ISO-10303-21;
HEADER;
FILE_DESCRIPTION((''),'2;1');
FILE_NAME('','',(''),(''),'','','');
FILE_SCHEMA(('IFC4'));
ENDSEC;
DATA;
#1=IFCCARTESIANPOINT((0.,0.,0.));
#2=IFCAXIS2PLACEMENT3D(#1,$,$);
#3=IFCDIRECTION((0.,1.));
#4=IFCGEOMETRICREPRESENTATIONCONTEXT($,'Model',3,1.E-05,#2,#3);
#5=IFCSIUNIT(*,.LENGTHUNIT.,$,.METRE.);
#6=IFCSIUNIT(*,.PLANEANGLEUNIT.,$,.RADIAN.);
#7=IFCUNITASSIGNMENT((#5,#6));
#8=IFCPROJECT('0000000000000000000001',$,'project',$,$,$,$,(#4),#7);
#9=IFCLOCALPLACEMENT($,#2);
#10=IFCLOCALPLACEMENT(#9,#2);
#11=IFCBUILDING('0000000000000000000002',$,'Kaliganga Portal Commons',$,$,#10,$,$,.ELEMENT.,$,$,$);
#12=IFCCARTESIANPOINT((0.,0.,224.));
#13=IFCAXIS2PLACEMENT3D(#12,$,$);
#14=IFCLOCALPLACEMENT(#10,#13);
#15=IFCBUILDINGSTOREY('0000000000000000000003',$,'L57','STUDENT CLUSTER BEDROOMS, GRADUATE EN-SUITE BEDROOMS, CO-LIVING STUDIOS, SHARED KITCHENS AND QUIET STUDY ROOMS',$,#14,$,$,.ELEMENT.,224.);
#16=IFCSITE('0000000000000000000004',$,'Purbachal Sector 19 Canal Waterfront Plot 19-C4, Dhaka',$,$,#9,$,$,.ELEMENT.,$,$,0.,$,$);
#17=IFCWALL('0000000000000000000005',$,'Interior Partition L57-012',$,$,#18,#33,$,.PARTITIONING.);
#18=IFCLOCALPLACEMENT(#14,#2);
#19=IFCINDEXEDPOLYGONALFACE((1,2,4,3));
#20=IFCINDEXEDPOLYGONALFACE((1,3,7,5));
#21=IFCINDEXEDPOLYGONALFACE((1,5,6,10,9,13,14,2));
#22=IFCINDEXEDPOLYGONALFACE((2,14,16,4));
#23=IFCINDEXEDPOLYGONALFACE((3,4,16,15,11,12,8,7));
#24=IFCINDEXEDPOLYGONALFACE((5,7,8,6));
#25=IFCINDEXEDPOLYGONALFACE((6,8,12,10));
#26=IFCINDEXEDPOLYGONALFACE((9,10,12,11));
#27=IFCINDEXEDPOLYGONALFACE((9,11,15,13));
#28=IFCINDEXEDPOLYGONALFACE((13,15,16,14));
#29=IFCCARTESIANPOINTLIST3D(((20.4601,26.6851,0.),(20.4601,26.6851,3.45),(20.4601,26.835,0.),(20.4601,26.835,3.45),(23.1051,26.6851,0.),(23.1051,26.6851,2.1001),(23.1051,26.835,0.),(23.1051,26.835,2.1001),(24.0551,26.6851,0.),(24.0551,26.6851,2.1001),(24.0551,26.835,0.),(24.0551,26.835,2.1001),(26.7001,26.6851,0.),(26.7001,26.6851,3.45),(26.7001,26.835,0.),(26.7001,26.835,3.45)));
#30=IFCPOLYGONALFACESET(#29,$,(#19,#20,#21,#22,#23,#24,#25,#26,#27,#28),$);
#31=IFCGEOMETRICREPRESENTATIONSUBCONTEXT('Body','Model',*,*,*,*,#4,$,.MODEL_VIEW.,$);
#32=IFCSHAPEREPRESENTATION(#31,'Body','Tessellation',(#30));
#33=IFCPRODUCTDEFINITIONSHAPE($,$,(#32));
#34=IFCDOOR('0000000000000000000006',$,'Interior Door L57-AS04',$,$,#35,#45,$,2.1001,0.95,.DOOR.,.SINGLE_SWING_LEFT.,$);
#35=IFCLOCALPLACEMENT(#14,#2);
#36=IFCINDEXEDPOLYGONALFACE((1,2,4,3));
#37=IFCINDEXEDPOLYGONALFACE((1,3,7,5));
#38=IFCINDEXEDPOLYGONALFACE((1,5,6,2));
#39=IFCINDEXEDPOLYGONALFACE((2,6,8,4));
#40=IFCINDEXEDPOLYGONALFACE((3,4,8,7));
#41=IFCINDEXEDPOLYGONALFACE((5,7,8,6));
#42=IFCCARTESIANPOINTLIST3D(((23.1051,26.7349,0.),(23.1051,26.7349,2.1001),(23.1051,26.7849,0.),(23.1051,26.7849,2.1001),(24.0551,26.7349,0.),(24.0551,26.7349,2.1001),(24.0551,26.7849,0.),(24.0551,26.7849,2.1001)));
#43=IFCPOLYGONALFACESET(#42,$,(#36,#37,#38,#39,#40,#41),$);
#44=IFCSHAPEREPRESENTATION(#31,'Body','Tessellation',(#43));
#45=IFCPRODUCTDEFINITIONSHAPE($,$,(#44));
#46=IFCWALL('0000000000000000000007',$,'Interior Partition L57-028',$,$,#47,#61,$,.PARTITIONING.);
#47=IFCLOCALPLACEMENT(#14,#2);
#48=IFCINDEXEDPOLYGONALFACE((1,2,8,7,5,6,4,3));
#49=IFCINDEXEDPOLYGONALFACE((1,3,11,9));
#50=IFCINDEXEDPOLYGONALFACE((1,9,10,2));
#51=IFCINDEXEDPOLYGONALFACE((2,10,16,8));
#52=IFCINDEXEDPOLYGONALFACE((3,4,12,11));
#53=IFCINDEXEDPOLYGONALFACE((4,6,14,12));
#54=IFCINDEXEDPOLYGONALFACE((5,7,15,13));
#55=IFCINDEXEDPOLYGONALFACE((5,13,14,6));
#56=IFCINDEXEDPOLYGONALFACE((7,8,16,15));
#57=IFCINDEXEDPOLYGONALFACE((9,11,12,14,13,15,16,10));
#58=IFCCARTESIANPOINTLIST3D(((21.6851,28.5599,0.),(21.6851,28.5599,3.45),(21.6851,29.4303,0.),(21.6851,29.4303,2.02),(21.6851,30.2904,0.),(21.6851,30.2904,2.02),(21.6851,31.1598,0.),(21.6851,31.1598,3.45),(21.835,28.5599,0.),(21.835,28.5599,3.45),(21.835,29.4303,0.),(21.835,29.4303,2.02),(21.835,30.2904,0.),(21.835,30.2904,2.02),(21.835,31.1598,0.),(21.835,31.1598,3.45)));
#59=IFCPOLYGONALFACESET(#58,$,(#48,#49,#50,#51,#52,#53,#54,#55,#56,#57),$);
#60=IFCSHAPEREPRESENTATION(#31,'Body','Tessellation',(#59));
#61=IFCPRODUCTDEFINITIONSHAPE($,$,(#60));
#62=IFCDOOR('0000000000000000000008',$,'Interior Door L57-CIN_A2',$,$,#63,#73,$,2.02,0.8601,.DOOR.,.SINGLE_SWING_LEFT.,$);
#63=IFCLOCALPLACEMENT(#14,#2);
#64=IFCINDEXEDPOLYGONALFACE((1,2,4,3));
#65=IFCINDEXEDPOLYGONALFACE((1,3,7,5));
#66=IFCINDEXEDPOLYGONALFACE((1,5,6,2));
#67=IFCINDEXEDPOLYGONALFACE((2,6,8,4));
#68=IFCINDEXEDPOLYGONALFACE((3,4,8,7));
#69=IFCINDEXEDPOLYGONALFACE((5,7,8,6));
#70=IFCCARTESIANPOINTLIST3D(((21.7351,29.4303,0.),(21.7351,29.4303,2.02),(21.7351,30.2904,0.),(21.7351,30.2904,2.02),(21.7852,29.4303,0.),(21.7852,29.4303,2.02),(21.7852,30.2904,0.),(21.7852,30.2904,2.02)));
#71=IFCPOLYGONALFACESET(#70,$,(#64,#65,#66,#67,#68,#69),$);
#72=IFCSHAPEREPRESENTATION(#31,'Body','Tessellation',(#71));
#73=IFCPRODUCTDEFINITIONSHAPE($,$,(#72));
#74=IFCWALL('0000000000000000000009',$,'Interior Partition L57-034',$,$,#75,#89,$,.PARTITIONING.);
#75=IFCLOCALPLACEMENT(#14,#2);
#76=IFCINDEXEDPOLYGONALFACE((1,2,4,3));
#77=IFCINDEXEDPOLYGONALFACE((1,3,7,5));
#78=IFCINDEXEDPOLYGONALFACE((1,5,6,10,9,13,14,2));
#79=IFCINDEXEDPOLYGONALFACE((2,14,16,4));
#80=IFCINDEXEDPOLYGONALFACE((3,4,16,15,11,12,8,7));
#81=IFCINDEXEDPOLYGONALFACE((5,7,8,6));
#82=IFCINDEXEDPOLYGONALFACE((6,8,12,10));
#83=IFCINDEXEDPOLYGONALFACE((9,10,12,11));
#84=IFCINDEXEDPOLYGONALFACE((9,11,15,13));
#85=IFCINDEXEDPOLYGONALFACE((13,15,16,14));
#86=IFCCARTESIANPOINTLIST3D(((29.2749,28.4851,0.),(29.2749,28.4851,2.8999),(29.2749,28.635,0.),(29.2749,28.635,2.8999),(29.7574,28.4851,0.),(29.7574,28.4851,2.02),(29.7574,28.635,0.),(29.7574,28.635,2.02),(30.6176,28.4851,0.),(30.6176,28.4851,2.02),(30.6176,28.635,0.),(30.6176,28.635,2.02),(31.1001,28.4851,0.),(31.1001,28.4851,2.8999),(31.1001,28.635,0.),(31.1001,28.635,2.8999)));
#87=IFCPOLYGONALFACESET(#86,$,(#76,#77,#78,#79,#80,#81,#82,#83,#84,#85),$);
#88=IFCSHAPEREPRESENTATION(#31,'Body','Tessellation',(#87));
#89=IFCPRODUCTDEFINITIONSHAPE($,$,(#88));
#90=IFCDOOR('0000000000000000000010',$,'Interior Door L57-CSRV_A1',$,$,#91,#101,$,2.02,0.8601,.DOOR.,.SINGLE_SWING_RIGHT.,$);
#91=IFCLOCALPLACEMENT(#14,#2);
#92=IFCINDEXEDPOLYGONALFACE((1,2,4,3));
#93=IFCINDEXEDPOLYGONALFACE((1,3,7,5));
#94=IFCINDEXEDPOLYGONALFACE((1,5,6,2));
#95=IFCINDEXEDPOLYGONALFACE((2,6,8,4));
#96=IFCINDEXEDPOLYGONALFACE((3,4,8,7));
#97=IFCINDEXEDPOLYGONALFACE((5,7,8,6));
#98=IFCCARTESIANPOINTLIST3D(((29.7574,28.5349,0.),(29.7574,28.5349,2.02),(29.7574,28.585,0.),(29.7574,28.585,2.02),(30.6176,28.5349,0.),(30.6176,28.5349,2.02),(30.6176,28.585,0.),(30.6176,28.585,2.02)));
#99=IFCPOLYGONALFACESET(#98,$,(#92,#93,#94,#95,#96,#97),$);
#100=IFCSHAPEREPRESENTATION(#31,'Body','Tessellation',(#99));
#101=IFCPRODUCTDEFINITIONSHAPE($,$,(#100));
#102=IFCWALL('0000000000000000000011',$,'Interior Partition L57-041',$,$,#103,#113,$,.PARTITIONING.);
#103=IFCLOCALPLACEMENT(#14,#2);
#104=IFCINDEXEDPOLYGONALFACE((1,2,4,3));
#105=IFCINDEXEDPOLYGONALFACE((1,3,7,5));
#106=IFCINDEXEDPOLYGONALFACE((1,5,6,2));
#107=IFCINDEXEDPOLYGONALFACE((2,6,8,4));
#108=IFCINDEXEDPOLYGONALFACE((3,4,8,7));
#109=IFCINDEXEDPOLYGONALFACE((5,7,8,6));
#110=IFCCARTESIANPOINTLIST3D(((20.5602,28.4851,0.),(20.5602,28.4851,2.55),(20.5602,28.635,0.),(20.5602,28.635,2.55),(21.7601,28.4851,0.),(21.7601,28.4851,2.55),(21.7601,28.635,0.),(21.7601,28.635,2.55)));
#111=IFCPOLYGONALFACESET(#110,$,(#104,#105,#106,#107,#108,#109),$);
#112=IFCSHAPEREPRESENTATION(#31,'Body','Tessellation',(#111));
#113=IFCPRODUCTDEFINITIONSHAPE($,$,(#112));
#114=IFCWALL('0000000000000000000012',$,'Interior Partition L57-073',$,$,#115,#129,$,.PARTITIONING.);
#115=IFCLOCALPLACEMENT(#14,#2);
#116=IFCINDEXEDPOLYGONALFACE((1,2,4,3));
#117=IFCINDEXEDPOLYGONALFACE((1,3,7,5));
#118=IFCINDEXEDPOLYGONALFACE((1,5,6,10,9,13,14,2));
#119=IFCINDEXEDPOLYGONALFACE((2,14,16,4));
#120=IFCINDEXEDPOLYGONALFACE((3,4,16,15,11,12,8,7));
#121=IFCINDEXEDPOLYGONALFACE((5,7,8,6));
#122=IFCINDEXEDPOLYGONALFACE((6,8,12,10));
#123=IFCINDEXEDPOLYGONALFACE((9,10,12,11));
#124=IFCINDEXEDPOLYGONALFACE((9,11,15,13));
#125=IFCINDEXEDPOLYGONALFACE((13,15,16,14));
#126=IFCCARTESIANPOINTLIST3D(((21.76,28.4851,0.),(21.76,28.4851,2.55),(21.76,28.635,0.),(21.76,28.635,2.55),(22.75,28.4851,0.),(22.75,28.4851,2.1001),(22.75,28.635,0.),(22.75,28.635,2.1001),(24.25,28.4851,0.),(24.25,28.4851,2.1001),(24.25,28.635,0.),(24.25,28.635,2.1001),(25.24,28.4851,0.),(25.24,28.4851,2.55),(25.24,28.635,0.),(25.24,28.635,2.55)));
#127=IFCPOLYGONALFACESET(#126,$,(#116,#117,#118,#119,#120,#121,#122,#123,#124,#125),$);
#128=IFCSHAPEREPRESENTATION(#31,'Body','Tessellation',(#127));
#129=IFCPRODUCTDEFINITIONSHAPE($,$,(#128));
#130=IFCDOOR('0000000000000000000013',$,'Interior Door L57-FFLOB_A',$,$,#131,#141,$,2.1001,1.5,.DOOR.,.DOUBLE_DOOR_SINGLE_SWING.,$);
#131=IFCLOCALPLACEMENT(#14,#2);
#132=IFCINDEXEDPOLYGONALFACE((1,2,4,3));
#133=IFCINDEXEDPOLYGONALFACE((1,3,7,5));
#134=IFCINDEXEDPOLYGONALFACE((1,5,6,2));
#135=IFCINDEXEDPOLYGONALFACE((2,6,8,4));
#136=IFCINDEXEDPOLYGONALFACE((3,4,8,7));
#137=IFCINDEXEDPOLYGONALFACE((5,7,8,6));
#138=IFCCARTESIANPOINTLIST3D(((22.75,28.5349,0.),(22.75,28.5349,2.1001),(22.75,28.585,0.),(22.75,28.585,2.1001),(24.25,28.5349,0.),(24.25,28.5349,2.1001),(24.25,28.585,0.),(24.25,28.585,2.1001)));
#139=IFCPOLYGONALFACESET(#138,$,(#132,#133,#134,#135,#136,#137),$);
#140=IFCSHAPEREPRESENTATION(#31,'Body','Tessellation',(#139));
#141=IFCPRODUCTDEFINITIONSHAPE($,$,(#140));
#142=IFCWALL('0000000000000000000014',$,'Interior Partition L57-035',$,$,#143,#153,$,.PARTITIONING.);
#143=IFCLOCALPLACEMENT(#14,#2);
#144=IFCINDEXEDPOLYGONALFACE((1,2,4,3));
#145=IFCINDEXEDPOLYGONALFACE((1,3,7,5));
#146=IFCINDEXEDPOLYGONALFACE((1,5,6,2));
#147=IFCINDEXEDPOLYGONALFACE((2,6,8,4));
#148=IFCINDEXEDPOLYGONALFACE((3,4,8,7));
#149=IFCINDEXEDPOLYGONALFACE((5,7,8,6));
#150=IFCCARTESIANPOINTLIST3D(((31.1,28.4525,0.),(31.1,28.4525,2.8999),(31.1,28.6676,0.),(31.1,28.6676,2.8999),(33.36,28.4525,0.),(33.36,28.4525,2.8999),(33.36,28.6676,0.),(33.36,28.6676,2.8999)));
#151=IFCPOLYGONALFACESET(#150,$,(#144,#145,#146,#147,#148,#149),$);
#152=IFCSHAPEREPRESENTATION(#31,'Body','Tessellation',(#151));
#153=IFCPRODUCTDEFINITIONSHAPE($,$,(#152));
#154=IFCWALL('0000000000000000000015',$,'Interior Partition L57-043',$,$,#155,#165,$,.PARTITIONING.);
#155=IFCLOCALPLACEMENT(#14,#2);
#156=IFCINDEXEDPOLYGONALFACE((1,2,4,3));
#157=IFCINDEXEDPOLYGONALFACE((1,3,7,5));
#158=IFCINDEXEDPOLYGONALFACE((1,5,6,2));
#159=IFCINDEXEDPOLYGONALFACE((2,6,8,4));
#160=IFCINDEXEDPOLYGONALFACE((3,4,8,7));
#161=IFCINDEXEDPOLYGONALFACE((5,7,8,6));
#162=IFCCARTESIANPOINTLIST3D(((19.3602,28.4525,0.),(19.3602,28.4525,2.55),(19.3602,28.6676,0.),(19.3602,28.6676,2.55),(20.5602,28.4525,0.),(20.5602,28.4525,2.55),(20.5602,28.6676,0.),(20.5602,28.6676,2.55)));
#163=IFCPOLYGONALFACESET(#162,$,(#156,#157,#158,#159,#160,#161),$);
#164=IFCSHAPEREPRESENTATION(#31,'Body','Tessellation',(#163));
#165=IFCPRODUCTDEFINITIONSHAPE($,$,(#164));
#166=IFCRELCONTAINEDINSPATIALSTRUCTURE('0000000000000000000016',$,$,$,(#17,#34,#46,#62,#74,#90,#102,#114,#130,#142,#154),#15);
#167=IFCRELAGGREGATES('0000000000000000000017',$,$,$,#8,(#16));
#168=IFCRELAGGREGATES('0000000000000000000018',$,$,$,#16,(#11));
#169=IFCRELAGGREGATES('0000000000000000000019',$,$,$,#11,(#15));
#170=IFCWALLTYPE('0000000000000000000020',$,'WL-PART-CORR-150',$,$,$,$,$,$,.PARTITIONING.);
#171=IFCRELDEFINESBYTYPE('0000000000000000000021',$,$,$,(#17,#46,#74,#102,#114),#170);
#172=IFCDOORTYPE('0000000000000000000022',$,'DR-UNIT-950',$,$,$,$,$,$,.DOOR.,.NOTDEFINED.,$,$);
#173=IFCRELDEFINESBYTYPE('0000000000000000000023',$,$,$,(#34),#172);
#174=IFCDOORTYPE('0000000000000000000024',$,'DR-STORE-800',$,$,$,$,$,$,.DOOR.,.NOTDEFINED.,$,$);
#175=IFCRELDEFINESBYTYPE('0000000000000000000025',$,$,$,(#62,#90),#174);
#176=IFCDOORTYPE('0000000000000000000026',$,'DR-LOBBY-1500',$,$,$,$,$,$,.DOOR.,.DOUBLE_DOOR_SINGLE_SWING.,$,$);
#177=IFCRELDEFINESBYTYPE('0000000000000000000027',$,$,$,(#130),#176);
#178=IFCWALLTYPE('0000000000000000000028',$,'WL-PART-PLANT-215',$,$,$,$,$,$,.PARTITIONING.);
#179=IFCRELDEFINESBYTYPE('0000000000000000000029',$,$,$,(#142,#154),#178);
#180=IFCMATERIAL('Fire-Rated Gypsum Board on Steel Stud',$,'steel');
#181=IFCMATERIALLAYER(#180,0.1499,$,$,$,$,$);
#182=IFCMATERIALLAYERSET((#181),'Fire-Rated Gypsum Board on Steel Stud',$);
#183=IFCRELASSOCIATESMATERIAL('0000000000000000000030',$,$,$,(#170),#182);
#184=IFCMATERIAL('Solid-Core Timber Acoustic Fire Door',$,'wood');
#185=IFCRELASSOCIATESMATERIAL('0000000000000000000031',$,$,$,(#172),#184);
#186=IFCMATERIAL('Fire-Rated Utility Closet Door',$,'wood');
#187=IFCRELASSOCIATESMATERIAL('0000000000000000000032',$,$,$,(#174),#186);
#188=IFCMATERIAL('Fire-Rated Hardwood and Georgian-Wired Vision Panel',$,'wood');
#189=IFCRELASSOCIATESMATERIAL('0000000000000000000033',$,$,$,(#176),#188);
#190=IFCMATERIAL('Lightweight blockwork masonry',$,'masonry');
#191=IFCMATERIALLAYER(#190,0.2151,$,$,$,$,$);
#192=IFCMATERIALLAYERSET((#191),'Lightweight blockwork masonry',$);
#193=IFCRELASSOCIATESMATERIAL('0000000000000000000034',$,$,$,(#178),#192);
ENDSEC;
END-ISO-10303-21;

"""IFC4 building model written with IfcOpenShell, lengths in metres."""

from ifc_helpers import new_model, si_unit, direction, frame, frame_2d, origin, place, context, subcontext, project, spatial, rectangle, extrude, material, layer, layer_set, type_object, element, fill, save


model = new_model("IFC4")

# Units and contexts
model_context = context("Model", 3, precision=1e-05, world=origin(), true_north=direction((0.0, 1.0)))
body_context = subcontext(model_context, "Body", "Model", "MODEL_VIEW")
ifc_project = project(units=[si_unit("LENGTHUNIT", "METRE"), si_unit("PLANEANGLEUNIT", "RADIAN")], contexts=[model_context])

# Site, building, storey
site_placement = place(None, origin())
site = spatial("IfcSite", under=ifc_project, at=site_placement, Name="Purbachal Sector 19 Canal Waterfront Plot 19-C4, Dhaka", CompositionType="ELEMENT", RefElevation=0.0)
building_placement = place(site_placement, origin())
building = spatial("IfcBuilding", under=site, at=building_placement, Name="Kaliganga Portal Commons", CompositionType="ELEMENT")
storey_placement = place(building_placement, frame((0.0, 0.0, 224.0)))
storey = spatial("IfcBuildingStorey", under=building, at=storey_placement, Name="L57", Description="STUDENT CLUSTER BEDROOMS, GRADUATE EN-SUITE BEDROOMS, CO-LIVING STUDIOS, SHARED KITCHENS AND QUIET STUDY ROOMS", CompositionType="ELEMENT", Elevation=224.0)

# Walls, openings, doors
ifc_material_1 = material(Name="Fire-Rated Gypsum Board on Steel Stud", Category="steel")
ifc_layer_1 = layer(ifc_material_1, 0.1499)
ifc_layer_set_1 = layer_set([ifc_layer_1], Name="Fire-Rated Gypsum Board on Steel Stud")
wall_type_1 = type_object("IfcWallType", Name="WL-PART-CORR-150", PredefinedType="PARTITIONING", material=ifc_layer_set_1)
ifc_material_2 = material(Name="Solid-Core Timber Acoustic Fire Door", Category="wood")
door_type_1 = type_object("IfcDoorType", Name="DR-UNIT-950", OperationType="NOTDEFINED", PredefinedType="DOOR", material=ifc_material_2)
wall_1_placement = place(storey_placement, frame((20.46, 26.76, 0.0), z_axis=(0.0, 0.0, 1.0), x_axis=(1.0, 0.0, 0.0)))
wall_1 = element("IfcWall", 1, at=wall_1_placement, inside=storey, type_object=wall_type_1, Name="Interior Partition L57-012", PredefinedType="PARTITIONING", context=body_context, shape_type="SweptSolid", body=[
    extrude(rectangle(XDim=6.24, YDim=0.1499, at=frame_2d((3.1201, 0.0))), origin(), (0.0, 0.0, 1.0), 3.45),
])
opening_1_placement = place(wall_1_placement, frame((2.645, 0.0, 0.0)))
opening_1 = element("IfcOpeningElement", 2, at=opening_1_placement, cuts=wall_1, PredefinedType="OPENING", context=body_context, shape_type="SweptSolid", body=[
    extrude(rectangle(XDim=0.95, YDim=2.1001, at=frame_2d((0.4751, 1.05))), frame((0.0, 0.085, 0.0), z_axis=(0.0, -1.0, 0.0), x_axis=(1.0, 0.0, 0.0)), (0.0, 0.0, 1.0), 0.1699),
])
door_1_placement = place(opening_1_placement, origin())
door_1 = element("IfcDoor", 3, at=door_1_placement, inside=storey, type_object=door_type_1, Name="Interior Door L57-AS04", OperationType="SINGLE_SWING_LEFT", OverallHeight=2.1001, OverallWidth=0.95, PredefinedType="DOOR", context=body_context, shape_type="SweptSolid", body=[
    extrude(rectangle(XDim=0.95, YDim=2.1001, at=frame_2d((0.4751, 1.05))), frame((0.0, 0.0249, 0.0), z_axis=(0.0, -1.0, 0.0), x_axis=(1.0, 0.0, 0.0)), (0.0, 0.0, 1.0), 0.05),
])
fill(opening_1, door_1)
wall_2_placement = place(storey_placement, frame((21.76, 28.5601, 0.0), z_axis=(0.0, 0.0, 1.0), x_axis=(0.0, 1.0, 0.0)))
wall_2 = element("IfcWall", 4, at=wall_2_placement, inside=storey, type_object=wall_type_1, Name="Interior Partition L57-028", PredefinedType="PARTITIONING", context=body_context, shape_type="SweptSolid", body=[
    extrude(rectangle(XDim=2.5999, YDim=0.1499, at=frame_2d((1.2998, 0.0))), origin(), (0.0, 0.0, 1.0), 3.45),
])
opening_2_placement = place(wall_2_placement, frame((0.8701, 0.0, 0.0)))
opening_2 = element("IfcOpeningElement", 5, at=opening_2_placement, cuts=wall_2, PredefinedType="OPENING", context=body_context, shape_type="SweptSolid", body=[
    extrude(rectangle(XDim=0.8601, YDim=2.02, at=frame_2d((0.4302, 1.01))), frame((0.0, 0.085, 0.0), z_axis=(0.0, -1.0, 0.0), x_axis=(1.0, 0.0, 0.0)), (0.0, 0.0, 1.0), 0.1699),
])
ifc_material_3 = material(Name="Fire-Rated Utility Closet Door", Category="wood")
door_type_2 = type_object("IfcDoorType", Name="DR-STORE-800", OperationType="NOTDEFINED", PredefinedType="DOOR", material=ifc_material_3)
door_2_placement = place(opening_2_placement, origin())
door_2 = element("IfcDoor", 6, at=door_2_placement, inside=storey, type_object=door_type_2, Name="Interior Door L57-CIN_A2", OperationType="SINGLE_SWING_LEFT", OverallHeight=2.02, OverallWidth=0.8601, PredefinedType="DOOR", context=body_context, shape_type="SweptSolid", body=[
    extrude(rectangle(XDim=0.8601, YDim=2.02, at=frame_2d((0.4302, 1.01))), frame((0.0, 0.0249, 0.0), z_axis=(0.0, -1.0, 0.0), x_axis=(1.0, 0.0, 0.0)), (0.0, 0.0, 1.0), 0.05),
])
fill(opening_2, door_2)
wall_3_placement = place(storey_placement, frame((29.2749, 28.5601, 0.0), z_axis=(0.0, 0.0, 1.0), x_axis=(1.0, 0.0, 0.0)))
wall_3 = element("IfcWall", 7, at=wall_3_placement, inside=storey, type_object=wall_type_1, Name="Interior Partition L57-034", PredefinedType="PARTITIONING", context=body_context, shape_type="SweptSolid", body=[
    extrude(rectangle(XDim=1.8252, YDim=0.1499, at=frame_2d((0.9126, 0.0))), origin(), (0.0, 0.0, 1.0), 2.8999),
])
opening_3_placement = place(wall_3_placement, frame((0.4824, 0.0, 0.0)))
opening_3 = element("IfcOpeningElement", 8, at=opening_3_placement, cuts=wall_3, PredefinedType="OPENING", context=body_context, shape_type="SweptSolid", body=[
    extrude(rectangle(XDim=0.8601, YDim=2.02, at=frame_2d((0.4302, 1.01))), frame((0.0, 0.085, 0.0), z_axis=(0.0, -1.0, 0.0), x_axis=(1.0, 0.0, 0.0)), (0.0, 0.0, 1.0), 0.1699),
])
door_3_placement = place(opening_3_placement, origin())
door_3 = element("IfcDoor", 9, at=door_3_placement, inside=storey, type_object=door_type_2, Name="Interior Door L57-CSRV_A1", OperationType="SINGLE_SWING_RIGHT", OverallHeight=2.02, OverallWidth=0.8601, PredefinedType="DOOR", context=body_context, shape_type="SweptSolid", body=[
    extrude(rectangle(XDim=0.8601, YDim=2.02, at=frame_2d((0.4302, 1.01))), frame((0.0, 0.0249, 0.0), z_axis=(0.0, -1.0, 0.0), x_axis=(1.0, 0.0, 0.0)), (0.0, 0.0, 1.0), 0.05),
])
fill(opening_3, door_3)

# Wall
wall_4_placement = place(storey_placement, frame((20.5601, 28.5601, 0.0), z_axis=(0.0, 0.0, 1.0), x_axis=(1.0, 0.0, 0.0)))
element("IfcWall", 10, at=wall_4_placement, inside=storey, type_object=wall_type_1, Name="Interior Partition L57-041", PredefinedType="PARTITIONING", context=body_context, shape_type="SweptSolid", body=[
    extrude(rectangle(XDim=1.2, YDim=0.1499, at=frame_2d((0.6001, 0.0))), origin(), (0.0, 0.0, 1.0), 2.55),
])

# Wall, opening, door
wall_5_placement = place(storey_placement, frame((21.76, 28.5601, 0.0), z_axis=(0.0, 0.0, 1.0), x_axis=(1.0, 0.0, 0.0)))
wall_5 = element("IfcWall", 11, at=wall_5_placement, inside=storey, type_object=wall_type_1, Name="Interior Partition L57-073", PredefinedType="PARTITIONING", context=body_context, shape_type="SweptSolid", body=[
    extrude(rectangle(XDim=3.48, YDim=0.1499, at=frame_2d((1.74, 0.0))), origin(), (0.0, 0.0, 1.0), 2.55),
])
opening_4_placement = place(wall_5_placement, frame((0.99, 0.0, 0.0)))
opening_4 = element("IfcOpeningElement", 12, at=opening_4_placement, cuts=wall_5, PredefinedType="OPENING", context=body_context, shape_type="SweptSolid", body=[
    extrude(rectangle(XDim=1.5, YDim=2.1001, at=frame_2d((0.75, 1.05))), frame((0.0, 0.085, 0.0), z_axis=(0.0, -1.0, 0.0), x_axis=(1.0, 0.0, 0.0)), (0.0, 0.0, 1.0), 0.1699),
])
ifc_material_4 = material(Name="Fire-Rated Hardwood and Georgian-Wired Vision Panel", Category="wood")
door_type_3 = type_object("IfcDoorType", Name="DR-LOBBY-1500", OperationType="DOUBLE_DOOR_SINGLE_SWING", PredefinedType="DOOR", material=ifc_material_4)
door_4_placement = place(opening_4_placement, origin())
door_4 = element("IfcDoor", 13, at=door_4_placement, inside=storey, type_object=door_type_3, Name="Interior Door L57-FFLOB_A", OperationType="DOUBLE_DOOR_SINGLE_SWING", OverallHeight=2.1001, OverallWidth=1.5, PredefinedType="DOOR", context=body_context, shape_type="SweptSolid", body=[
    extrude(rectangle(XDim=1.5, YDim=2.1001, at=frame_2d((0.75, 1.05))), frame((0.0, 0.0249, 0.0), z_axis=(0.0, -1.0, 0.0), x_axis=(1.0, 0.0, 0.0)), (0.0, 0.0, 1.0), 0.05),
])
fill(opening_4, door_4)

# Walls
ifc_material_5 = material(Name="Lightweight blockwork masonry", Category="masonry")
ifc_layer_2 = layer(ifc_material_5, 0.2151)
ifc_layer_set_2 = layer_set([ifc_layer_2], Name="Lightweight blockwork masonry")
wall_type_2 = type_object("IfcWallType", Name="WL-PART-PLANT-215", PredefinedType="PARTITIONING", material=ifc_layer_set_2)
wall_6_placement = place(storey_placement, frame((31.1001, 28.5601, 0.0), z_axis=(0.0, 0.0, 1.0), x_axis=(1.0, 0.0, 0.0)))
element("IfcWall", 14, at=wall_6_placement, inside=storey, type_object=wall_type_2, Name="Interior Partition L57-035", PredefinedType="PARTITIONING", context=body_context, shape_type="SweptSolid", body=[
    extrude(rectangle(XDim=2.26, YDim=0.2151, at=frame_2d((1.1299, 0.0))), origin(), (0.0, 0.0, 1.0), 2.8999),
])
wall_7_placement = place(storey_placement, frame((19.3601, 28.5601, 0.0), z_axis=(0.0, 0.0, 1.0), x_axis=(1.0, 0.0, 0.0)))
element("IfcWall", 15, at=wall_7_placement, inside=storey, type_object=wall_type_2, Name="Interior Partition L57-043", PredefinedType="PARTITIONING", context=body_context, shape_type="SweptSolid", body=[
    extrude(rectangle(XDim=1.2, YDim=0.2151, at=frame_2d((0.6001, 0.0))), origin(), (0.0, 0.0, 1.0), 2.55),
])

save(model, "model.ifc")
